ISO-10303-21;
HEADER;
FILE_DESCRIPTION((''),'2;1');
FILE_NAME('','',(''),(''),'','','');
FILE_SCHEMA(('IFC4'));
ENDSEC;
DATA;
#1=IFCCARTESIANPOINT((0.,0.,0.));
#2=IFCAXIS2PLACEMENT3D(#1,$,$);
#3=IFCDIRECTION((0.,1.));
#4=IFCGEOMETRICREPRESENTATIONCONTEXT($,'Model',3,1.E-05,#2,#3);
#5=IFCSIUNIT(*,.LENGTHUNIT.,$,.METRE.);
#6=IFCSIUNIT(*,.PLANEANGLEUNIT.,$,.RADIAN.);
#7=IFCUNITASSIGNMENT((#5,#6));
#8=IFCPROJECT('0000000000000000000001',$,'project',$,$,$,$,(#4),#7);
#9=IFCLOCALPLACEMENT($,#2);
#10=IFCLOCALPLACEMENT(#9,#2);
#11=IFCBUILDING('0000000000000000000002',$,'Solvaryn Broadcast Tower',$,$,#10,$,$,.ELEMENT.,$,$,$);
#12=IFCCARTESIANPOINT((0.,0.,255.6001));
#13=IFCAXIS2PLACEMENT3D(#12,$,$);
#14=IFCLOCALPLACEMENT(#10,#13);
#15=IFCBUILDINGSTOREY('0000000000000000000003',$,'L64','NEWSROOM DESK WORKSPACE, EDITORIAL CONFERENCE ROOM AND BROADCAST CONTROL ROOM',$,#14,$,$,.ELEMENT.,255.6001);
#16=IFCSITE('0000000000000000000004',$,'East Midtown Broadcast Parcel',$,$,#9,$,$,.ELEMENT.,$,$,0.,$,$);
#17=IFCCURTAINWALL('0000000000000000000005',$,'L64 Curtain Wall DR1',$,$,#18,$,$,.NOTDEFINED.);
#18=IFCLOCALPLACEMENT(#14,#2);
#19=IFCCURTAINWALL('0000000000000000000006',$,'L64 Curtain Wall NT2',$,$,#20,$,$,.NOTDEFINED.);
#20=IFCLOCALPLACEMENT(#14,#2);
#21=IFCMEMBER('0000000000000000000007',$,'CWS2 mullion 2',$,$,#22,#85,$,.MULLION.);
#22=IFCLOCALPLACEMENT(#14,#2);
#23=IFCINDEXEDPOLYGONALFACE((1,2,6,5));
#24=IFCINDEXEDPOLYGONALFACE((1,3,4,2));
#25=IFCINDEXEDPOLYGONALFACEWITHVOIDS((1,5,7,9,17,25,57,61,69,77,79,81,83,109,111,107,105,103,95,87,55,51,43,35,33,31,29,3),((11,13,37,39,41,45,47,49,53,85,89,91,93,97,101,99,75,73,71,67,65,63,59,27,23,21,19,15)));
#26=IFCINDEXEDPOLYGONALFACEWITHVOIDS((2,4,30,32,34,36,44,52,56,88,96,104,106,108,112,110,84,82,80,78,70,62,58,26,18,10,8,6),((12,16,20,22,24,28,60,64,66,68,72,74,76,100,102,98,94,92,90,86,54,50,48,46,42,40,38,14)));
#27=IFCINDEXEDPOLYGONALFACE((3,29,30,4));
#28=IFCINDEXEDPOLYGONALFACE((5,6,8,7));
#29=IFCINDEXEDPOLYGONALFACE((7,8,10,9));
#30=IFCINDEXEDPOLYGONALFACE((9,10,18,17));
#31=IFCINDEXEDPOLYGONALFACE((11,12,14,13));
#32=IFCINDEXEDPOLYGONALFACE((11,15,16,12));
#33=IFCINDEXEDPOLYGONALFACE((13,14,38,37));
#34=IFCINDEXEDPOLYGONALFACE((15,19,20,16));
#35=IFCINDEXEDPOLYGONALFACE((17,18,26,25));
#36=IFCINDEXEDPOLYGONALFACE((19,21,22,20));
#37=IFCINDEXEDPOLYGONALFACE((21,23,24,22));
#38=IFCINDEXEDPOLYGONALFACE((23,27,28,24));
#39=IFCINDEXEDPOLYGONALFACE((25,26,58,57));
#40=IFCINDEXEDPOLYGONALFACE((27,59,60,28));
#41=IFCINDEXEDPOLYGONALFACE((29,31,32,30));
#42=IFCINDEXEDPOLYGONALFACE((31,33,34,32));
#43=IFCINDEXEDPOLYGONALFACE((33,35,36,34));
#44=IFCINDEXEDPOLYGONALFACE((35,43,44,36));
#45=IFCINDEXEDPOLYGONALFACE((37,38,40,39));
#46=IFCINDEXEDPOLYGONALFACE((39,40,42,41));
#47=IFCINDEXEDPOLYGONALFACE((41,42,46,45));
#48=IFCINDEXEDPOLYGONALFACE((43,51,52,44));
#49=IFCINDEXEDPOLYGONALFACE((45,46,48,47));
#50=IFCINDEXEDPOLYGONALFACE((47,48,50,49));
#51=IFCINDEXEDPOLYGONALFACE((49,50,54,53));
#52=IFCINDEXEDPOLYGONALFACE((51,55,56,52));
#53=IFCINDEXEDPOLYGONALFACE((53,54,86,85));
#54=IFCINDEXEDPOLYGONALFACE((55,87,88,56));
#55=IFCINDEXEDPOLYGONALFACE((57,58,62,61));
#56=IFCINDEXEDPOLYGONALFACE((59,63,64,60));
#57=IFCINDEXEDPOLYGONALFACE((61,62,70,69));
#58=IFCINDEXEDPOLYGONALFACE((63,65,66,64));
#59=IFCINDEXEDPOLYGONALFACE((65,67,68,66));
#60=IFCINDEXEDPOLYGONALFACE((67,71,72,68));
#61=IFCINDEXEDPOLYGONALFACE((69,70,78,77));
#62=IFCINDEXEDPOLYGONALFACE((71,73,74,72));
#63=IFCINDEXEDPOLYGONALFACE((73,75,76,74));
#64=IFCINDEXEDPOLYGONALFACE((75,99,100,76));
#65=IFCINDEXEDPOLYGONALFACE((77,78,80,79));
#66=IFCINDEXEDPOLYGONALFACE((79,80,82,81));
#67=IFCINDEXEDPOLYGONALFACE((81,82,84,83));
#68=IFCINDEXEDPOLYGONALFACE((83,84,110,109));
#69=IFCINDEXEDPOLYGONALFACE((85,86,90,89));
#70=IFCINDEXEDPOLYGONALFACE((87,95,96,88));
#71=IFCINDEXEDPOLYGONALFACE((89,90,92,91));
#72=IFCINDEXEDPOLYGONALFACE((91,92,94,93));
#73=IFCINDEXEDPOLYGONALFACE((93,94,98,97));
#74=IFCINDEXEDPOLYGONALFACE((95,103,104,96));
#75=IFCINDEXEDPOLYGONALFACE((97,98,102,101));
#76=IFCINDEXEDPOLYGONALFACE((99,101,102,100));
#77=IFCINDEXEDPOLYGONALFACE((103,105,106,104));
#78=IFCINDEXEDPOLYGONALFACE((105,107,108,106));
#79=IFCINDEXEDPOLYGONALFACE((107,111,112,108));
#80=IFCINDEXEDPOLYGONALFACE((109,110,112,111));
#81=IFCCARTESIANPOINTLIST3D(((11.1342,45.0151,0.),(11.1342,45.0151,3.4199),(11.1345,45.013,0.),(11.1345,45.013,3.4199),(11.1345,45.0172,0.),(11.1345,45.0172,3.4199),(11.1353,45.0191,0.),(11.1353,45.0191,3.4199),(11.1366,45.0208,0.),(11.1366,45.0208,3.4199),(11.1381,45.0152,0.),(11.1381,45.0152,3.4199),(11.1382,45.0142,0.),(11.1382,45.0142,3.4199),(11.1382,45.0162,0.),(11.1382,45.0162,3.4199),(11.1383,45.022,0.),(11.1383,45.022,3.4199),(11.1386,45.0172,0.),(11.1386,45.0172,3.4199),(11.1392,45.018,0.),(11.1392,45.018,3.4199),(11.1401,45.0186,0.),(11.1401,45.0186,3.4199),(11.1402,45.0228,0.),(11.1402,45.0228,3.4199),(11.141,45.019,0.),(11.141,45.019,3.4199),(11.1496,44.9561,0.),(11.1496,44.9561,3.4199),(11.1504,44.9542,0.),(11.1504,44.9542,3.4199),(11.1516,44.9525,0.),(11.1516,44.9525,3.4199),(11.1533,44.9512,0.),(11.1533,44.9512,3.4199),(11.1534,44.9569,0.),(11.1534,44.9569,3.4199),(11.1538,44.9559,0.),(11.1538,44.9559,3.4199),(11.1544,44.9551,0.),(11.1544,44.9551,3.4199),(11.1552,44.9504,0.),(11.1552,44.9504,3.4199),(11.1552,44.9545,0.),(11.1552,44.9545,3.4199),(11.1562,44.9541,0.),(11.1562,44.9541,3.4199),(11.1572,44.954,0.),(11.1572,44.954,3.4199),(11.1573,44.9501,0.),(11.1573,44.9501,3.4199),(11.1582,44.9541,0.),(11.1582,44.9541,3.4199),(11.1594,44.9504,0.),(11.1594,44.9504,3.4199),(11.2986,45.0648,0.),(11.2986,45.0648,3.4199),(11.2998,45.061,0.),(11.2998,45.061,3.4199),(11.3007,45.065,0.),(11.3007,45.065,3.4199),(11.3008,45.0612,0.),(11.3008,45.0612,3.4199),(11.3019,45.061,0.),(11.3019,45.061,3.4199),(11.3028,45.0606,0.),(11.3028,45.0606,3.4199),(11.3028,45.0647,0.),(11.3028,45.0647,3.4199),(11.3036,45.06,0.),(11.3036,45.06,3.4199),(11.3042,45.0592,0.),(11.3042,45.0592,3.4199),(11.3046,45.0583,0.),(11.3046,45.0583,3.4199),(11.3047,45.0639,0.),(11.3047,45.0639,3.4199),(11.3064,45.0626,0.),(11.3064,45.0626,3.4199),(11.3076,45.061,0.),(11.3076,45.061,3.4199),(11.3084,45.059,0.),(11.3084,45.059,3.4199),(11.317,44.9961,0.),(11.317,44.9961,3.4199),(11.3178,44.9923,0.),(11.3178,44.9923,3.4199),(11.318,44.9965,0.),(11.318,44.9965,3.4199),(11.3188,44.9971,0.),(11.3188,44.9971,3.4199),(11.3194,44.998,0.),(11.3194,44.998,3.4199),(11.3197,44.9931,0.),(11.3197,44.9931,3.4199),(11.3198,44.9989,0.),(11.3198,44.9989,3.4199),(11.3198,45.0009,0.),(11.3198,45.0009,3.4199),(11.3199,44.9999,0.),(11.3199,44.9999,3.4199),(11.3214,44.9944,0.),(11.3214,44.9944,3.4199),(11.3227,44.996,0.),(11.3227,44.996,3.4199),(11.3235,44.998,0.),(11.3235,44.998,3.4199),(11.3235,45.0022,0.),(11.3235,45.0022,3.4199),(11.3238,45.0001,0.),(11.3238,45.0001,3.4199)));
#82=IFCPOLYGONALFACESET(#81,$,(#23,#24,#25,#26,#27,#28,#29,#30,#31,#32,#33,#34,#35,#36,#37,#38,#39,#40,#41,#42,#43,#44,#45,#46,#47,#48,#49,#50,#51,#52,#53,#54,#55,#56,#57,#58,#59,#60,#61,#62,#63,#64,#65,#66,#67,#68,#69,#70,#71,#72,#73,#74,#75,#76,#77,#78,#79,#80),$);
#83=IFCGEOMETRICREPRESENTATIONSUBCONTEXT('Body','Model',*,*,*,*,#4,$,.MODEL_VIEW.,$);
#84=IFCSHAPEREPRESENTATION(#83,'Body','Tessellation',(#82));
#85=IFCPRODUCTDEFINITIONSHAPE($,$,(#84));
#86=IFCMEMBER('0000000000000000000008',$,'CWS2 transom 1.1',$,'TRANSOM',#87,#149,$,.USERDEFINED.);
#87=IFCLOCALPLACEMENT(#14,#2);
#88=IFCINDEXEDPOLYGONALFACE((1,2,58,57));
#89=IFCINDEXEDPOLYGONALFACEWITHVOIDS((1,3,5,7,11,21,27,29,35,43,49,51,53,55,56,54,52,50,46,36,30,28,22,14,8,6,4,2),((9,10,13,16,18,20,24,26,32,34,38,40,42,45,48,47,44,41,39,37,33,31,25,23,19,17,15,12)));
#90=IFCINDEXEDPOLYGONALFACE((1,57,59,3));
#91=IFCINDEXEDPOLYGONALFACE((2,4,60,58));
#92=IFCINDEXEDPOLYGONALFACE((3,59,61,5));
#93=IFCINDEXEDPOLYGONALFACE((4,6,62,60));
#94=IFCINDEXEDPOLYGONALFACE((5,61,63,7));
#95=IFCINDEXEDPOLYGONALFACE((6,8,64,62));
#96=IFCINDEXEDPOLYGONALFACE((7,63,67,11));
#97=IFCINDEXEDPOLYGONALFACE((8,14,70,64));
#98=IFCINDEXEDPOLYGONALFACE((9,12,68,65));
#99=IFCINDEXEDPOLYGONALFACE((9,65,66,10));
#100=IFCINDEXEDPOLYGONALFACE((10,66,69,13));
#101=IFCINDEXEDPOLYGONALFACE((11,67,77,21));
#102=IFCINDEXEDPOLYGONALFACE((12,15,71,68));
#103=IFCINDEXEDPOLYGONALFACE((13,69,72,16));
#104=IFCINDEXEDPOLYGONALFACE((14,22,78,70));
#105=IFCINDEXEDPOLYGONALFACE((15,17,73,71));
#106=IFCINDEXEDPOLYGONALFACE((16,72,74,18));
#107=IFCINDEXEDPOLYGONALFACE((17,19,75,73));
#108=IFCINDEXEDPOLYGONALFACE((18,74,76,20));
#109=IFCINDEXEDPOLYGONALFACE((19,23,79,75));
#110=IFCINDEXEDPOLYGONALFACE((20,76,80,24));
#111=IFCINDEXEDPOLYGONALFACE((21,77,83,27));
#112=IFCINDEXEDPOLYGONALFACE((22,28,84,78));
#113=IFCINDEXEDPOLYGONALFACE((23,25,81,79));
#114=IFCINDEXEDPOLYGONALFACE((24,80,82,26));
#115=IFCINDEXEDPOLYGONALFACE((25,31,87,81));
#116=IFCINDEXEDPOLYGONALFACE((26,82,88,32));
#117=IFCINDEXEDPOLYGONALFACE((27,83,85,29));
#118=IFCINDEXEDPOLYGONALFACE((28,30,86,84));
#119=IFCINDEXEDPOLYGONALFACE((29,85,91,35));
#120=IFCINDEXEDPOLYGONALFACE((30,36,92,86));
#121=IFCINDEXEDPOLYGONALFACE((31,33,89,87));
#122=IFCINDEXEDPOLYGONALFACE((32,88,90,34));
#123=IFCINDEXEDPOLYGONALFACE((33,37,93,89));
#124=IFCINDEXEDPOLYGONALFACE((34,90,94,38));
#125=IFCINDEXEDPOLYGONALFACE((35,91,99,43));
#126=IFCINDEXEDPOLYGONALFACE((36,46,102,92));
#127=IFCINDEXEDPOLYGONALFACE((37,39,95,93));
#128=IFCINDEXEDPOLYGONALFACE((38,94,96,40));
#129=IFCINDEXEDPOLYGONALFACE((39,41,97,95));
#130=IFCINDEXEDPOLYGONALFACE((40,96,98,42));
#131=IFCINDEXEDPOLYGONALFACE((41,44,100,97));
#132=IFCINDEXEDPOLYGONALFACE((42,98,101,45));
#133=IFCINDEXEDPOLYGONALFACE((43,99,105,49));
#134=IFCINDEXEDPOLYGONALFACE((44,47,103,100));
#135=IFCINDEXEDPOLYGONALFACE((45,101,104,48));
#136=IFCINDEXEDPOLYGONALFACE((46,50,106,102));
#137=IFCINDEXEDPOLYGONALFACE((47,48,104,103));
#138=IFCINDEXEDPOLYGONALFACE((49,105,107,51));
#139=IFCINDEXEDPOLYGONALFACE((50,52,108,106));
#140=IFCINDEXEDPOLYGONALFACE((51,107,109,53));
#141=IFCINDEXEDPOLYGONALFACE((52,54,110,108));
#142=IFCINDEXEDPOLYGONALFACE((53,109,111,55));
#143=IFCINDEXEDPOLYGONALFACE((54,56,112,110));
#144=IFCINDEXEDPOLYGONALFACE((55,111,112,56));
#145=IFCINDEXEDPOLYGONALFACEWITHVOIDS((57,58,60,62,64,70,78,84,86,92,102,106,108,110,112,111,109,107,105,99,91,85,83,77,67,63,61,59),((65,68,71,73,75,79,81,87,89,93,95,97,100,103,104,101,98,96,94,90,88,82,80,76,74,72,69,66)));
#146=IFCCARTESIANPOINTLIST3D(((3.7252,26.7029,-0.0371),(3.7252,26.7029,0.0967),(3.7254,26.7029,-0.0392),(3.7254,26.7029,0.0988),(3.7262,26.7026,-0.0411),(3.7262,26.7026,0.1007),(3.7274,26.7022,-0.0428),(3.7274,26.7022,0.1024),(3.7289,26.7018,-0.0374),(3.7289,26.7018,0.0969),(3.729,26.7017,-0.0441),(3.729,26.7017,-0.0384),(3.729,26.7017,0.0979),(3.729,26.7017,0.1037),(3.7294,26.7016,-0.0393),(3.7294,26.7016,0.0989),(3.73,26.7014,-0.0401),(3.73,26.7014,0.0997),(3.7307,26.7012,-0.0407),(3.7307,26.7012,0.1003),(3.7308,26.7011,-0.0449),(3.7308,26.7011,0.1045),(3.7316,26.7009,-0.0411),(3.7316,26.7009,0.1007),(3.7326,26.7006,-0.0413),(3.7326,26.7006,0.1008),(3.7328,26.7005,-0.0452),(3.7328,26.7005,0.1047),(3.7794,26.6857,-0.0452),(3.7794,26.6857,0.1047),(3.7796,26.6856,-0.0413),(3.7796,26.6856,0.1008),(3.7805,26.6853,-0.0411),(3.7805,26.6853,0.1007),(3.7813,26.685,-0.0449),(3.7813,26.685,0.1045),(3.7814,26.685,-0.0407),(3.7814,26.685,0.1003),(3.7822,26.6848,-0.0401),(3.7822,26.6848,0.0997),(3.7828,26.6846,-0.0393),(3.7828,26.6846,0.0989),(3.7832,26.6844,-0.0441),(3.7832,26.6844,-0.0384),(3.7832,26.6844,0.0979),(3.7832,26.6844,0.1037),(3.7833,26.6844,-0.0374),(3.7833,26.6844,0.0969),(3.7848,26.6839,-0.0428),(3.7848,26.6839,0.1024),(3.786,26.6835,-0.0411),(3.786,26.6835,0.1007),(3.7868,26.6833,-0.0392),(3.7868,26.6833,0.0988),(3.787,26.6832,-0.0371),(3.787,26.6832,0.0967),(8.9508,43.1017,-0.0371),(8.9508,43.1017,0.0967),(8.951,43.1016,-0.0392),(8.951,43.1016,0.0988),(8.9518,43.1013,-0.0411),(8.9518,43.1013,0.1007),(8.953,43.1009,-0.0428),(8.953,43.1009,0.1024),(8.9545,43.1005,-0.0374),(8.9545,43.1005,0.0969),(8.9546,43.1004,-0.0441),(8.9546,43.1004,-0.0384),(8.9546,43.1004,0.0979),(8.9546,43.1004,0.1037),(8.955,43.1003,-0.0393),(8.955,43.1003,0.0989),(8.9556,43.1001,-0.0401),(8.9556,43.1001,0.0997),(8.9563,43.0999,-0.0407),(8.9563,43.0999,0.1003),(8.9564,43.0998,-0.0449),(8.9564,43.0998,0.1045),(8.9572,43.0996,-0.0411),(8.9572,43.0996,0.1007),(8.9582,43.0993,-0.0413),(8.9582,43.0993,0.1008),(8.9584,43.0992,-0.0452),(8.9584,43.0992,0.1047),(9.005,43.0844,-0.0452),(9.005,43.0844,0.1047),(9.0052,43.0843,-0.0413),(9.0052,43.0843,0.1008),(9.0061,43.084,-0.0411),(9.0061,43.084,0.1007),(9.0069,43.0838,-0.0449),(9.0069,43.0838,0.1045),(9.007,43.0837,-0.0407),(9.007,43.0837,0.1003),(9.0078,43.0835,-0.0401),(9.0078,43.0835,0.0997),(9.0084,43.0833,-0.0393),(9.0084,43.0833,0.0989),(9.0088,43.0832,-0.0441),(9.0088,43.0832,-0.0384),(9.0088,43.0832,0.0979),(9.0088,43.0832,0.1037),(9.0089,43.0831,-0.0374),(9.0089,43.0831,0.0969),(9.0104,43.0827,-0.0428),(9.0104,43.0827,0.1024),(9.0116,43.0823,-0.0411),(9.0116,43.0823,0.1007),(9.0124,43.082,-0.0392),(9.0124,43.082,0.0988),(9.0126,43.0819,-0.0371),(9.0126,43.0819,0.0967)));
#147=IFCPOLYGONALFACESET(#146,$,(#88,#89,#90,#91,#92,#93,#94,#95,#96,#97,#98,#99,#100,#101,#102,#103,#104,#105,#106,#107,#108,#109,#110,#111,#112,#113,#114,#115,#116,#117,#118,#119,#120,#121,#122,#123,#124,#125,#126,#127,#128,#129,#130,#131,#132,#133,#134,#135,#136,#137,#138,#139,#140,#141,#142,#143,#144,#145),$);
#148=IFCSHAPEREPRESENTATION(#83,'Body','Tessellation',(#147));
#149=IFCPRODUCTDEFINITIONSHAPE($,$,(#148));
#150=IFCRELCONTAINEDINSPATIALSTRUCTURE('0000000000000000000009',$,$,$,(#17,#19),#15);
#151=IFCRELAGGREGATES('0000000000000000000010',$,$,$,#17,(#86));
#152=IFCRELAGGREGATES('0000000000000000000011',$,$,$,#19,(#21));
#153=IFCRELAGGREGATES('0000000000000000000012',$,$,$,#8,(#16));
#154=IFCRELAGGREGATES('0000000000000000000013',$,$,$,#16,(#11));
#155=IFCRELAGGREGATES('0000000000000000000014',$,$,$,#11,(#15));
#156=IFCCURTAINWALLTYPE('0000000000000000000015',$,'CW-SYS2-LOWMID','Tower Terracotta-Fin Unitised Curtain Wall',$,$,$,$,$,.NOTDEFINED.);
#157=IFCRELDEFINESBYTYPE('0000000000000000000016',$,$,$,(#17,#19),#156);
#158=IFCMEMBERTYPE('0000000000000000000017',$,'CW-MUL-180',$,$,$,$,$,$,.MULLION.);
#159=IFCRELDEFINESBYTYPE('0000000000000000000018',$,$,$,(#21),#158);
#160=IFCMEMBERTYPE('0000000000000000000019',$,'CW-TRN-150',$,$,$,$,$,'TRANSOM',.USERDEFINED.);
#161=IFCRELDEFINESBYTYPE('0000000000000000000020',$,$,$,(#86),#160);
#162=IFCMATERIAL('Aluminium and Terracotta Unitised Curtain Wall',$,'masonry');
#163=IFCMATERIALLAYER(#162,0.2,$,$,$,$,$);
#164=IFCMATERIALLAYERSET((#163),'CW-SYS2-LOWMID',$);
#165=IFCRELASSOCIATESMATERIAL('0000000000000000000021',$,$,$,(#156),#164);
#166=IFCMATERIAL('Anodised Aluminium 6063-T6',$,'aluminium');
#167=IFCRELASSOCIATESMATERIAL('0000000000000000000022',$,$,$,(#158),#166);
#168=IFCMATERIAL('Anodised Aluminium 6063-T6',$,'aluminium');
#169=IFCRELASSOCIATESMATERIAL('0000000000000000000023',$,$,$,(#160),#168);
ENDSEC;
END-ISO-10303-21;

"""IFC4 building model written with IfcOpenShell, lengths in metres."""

from ifc_helpers import new_model, si_unit, direction, frame, origin, origin_2d, place, context, subcontext, project, spatial, hollow_rectangle, extrude, material, layer, layer_set, material_profile, profile_set, type_object, element, aggregate, save


model = new_model("IFC4")

# Units and contexts
model_context = context("Model", 3, precision=1e-05, world=origin(), true_north=direction((0.0, 1.0)))
body_context = subcontext(model_context, "Body", "Model", "MODEL_VIEW")
ifc_project = project(units=[si_unit("LENGTHUNIT", "METRE"), si_unit("PLANEANGLEUNIT", "RADIAN")], contexts=[model_context])

# Site, building, storey
site_placement = place(None, origin())
site = spatial("IfcSite", under=ifc_project, at=site_placement, Name="East Midtown Broadcast Parcel", CompositionType="ELEMENT", RefElevation=0.0)
building_placement = place(site_placement, origin())
building = spatial("IfcBuilding", under=site, at=building_placement, Name="Solvaryn Broadcast Tower", CompositionType="ELEMENT")
storey_placement = place(building_placement, frame((0.0, 0.0, 255.6001)))
storey = spatial("IfcBuildingStorey", under=building, at=storey_placement, Name="L64", Description="NEWSROOM DESK WORKSPACE, EDITORIAL CONFERENCE ROOM AND BROADCAST CONTROL ROOM", CompositionType="ELEMENT", Elevation=255.6001)

# Curtain walls, member
ifc_material_1 = material(Name="Aluminium and Terracotta Unitised Curtain Wall", Category="masonry")
ifc_layer_1 = layer(ifc_material_1, 0.2)
ifc_layer_set_1 = layer_set([ifc_layer_1], Name="CW-SYS2-LOWMID")
curtain_wall_type = type_object("IfcCurtainWallType", Name="CW-SYS2-LOWMID", Description="Tower Terracotta-Fin Unitised Curtain Wall", PredefinedType="NOTDEFINED", material=ifc_layer_set_1)
curtain_wall_1_placement = place(storey_placement, origin())
curtain_wall_1 = element("IfcCurtainWall", 1, at=curtain_wall_1_placement, inside=storey, type_object=curtain_wall_type, Name="L64 Curtain Wall DR1", PredefinedType="NOTDEFINED")
ifc_material_2 = material(Name="Anodised Aluminium 6063-T6", Category="aluminium")
ifc_material_profile_1 = material_profile(ifc_material_2, hollow_rectangle(XDim=0.075, YDim=0.1799, WallThickness=0.0039, InnerFilletRadius=0.0039, OuterFilletRadius=0.0081, at=origin_2d()))
ifc_profile_set_1 = profile_set([ifc_material_profile_1], Name="Anodised Aluminium 6063-T6")
member_type_1 = type_object("IfcMemberType", Name="CW-MUL-180", PredefinedType="MULLION", material=ifc_profile_set_1)
curtain_wall_2_placement = place(storey_placement, origin())
curtain_wall_2 = element("IfcCurtainWall", 2, at=curtain_wall_2_placement, inside=storey, type_object=curtain_wall_type, Name="L64 Curtain Wall NT2", PredefinedType="NOTDEFINED")
member_1_placement = place(storey_placement, frame((11.229, 45.0076, 0.0), z_axis=(0.0, 0.0, 1.0), x_axis=(0.255893, -0.966705, 0.0)))
member_1 = element("IfcMember", 3, at=member_1_placement, type_object=member_type_1, Name="CWS2 mullion 2", PredefinedType="MULLION", context=body_context, shape_type="SweptSolid", body=[
    extrude(hollow_rectangle(XDim=0.075, YDim=0.1799, WallThickness=0.0039, InnerFilletRadius=0.0039, OuterFilletRadius=0.0081, at=origin_2d()), origin(), (0.0, 0.0, 1.0), 3.4199),
])

# Member
ifc_material_3 = material(Name="Anodised Aluminium 6063-T6", Category="aluminium")
ifc_material_profile_2 = material_profile(ifc_material_3, hollow_rectangle(XDim=0.0649, YDim=0.1499, WallThickness=0.0039, InnerFilletRadius=0.0039, OuterFilletRadius=0.0081, at=origin_2d()))
ifc_profile_set_2 = profile_set([ifc_material_profile_2], Name="Anodised Aluminium 6063-T6")
member_type_2 = type_object("IfcMemberType", Name="CW-TRN-150", ElementType="TRANSOM", PredefinedType="USERDEFINED", material=ifc_profile_set_2)
member_2_placement = place(storey_placement, frame((8.9817, 43.0918, 0.0298), z_axis=(-0.303616, -0.952794, 0.0), x_axis=(0.952794, -0.303616, 0.0)))
member_2 = element("IfcMember", 4, at=member_2_placement, type_object=member_type_2, Name="CWS2 transom 1.1", ObjectType="TRANSOM", PredefinedType="USERDEFINED", context=body_context, shape_type="SweptSolid", body=[
    extrude(hollow_rectangle(XDim=0.0649, YDim=0.1499, WallThickness=0.0039, InnerFilletRadius=0.0039, OuterFilletRadius=0.0081, at=origin_2d()), origin(), (0.0, 0.0, 1.0), 17.2112),
])

aggregate(curtain_wall_1, [member_2])
aggregate(curtain_wall_2, [member_1])

save(model, "model.ifc")
